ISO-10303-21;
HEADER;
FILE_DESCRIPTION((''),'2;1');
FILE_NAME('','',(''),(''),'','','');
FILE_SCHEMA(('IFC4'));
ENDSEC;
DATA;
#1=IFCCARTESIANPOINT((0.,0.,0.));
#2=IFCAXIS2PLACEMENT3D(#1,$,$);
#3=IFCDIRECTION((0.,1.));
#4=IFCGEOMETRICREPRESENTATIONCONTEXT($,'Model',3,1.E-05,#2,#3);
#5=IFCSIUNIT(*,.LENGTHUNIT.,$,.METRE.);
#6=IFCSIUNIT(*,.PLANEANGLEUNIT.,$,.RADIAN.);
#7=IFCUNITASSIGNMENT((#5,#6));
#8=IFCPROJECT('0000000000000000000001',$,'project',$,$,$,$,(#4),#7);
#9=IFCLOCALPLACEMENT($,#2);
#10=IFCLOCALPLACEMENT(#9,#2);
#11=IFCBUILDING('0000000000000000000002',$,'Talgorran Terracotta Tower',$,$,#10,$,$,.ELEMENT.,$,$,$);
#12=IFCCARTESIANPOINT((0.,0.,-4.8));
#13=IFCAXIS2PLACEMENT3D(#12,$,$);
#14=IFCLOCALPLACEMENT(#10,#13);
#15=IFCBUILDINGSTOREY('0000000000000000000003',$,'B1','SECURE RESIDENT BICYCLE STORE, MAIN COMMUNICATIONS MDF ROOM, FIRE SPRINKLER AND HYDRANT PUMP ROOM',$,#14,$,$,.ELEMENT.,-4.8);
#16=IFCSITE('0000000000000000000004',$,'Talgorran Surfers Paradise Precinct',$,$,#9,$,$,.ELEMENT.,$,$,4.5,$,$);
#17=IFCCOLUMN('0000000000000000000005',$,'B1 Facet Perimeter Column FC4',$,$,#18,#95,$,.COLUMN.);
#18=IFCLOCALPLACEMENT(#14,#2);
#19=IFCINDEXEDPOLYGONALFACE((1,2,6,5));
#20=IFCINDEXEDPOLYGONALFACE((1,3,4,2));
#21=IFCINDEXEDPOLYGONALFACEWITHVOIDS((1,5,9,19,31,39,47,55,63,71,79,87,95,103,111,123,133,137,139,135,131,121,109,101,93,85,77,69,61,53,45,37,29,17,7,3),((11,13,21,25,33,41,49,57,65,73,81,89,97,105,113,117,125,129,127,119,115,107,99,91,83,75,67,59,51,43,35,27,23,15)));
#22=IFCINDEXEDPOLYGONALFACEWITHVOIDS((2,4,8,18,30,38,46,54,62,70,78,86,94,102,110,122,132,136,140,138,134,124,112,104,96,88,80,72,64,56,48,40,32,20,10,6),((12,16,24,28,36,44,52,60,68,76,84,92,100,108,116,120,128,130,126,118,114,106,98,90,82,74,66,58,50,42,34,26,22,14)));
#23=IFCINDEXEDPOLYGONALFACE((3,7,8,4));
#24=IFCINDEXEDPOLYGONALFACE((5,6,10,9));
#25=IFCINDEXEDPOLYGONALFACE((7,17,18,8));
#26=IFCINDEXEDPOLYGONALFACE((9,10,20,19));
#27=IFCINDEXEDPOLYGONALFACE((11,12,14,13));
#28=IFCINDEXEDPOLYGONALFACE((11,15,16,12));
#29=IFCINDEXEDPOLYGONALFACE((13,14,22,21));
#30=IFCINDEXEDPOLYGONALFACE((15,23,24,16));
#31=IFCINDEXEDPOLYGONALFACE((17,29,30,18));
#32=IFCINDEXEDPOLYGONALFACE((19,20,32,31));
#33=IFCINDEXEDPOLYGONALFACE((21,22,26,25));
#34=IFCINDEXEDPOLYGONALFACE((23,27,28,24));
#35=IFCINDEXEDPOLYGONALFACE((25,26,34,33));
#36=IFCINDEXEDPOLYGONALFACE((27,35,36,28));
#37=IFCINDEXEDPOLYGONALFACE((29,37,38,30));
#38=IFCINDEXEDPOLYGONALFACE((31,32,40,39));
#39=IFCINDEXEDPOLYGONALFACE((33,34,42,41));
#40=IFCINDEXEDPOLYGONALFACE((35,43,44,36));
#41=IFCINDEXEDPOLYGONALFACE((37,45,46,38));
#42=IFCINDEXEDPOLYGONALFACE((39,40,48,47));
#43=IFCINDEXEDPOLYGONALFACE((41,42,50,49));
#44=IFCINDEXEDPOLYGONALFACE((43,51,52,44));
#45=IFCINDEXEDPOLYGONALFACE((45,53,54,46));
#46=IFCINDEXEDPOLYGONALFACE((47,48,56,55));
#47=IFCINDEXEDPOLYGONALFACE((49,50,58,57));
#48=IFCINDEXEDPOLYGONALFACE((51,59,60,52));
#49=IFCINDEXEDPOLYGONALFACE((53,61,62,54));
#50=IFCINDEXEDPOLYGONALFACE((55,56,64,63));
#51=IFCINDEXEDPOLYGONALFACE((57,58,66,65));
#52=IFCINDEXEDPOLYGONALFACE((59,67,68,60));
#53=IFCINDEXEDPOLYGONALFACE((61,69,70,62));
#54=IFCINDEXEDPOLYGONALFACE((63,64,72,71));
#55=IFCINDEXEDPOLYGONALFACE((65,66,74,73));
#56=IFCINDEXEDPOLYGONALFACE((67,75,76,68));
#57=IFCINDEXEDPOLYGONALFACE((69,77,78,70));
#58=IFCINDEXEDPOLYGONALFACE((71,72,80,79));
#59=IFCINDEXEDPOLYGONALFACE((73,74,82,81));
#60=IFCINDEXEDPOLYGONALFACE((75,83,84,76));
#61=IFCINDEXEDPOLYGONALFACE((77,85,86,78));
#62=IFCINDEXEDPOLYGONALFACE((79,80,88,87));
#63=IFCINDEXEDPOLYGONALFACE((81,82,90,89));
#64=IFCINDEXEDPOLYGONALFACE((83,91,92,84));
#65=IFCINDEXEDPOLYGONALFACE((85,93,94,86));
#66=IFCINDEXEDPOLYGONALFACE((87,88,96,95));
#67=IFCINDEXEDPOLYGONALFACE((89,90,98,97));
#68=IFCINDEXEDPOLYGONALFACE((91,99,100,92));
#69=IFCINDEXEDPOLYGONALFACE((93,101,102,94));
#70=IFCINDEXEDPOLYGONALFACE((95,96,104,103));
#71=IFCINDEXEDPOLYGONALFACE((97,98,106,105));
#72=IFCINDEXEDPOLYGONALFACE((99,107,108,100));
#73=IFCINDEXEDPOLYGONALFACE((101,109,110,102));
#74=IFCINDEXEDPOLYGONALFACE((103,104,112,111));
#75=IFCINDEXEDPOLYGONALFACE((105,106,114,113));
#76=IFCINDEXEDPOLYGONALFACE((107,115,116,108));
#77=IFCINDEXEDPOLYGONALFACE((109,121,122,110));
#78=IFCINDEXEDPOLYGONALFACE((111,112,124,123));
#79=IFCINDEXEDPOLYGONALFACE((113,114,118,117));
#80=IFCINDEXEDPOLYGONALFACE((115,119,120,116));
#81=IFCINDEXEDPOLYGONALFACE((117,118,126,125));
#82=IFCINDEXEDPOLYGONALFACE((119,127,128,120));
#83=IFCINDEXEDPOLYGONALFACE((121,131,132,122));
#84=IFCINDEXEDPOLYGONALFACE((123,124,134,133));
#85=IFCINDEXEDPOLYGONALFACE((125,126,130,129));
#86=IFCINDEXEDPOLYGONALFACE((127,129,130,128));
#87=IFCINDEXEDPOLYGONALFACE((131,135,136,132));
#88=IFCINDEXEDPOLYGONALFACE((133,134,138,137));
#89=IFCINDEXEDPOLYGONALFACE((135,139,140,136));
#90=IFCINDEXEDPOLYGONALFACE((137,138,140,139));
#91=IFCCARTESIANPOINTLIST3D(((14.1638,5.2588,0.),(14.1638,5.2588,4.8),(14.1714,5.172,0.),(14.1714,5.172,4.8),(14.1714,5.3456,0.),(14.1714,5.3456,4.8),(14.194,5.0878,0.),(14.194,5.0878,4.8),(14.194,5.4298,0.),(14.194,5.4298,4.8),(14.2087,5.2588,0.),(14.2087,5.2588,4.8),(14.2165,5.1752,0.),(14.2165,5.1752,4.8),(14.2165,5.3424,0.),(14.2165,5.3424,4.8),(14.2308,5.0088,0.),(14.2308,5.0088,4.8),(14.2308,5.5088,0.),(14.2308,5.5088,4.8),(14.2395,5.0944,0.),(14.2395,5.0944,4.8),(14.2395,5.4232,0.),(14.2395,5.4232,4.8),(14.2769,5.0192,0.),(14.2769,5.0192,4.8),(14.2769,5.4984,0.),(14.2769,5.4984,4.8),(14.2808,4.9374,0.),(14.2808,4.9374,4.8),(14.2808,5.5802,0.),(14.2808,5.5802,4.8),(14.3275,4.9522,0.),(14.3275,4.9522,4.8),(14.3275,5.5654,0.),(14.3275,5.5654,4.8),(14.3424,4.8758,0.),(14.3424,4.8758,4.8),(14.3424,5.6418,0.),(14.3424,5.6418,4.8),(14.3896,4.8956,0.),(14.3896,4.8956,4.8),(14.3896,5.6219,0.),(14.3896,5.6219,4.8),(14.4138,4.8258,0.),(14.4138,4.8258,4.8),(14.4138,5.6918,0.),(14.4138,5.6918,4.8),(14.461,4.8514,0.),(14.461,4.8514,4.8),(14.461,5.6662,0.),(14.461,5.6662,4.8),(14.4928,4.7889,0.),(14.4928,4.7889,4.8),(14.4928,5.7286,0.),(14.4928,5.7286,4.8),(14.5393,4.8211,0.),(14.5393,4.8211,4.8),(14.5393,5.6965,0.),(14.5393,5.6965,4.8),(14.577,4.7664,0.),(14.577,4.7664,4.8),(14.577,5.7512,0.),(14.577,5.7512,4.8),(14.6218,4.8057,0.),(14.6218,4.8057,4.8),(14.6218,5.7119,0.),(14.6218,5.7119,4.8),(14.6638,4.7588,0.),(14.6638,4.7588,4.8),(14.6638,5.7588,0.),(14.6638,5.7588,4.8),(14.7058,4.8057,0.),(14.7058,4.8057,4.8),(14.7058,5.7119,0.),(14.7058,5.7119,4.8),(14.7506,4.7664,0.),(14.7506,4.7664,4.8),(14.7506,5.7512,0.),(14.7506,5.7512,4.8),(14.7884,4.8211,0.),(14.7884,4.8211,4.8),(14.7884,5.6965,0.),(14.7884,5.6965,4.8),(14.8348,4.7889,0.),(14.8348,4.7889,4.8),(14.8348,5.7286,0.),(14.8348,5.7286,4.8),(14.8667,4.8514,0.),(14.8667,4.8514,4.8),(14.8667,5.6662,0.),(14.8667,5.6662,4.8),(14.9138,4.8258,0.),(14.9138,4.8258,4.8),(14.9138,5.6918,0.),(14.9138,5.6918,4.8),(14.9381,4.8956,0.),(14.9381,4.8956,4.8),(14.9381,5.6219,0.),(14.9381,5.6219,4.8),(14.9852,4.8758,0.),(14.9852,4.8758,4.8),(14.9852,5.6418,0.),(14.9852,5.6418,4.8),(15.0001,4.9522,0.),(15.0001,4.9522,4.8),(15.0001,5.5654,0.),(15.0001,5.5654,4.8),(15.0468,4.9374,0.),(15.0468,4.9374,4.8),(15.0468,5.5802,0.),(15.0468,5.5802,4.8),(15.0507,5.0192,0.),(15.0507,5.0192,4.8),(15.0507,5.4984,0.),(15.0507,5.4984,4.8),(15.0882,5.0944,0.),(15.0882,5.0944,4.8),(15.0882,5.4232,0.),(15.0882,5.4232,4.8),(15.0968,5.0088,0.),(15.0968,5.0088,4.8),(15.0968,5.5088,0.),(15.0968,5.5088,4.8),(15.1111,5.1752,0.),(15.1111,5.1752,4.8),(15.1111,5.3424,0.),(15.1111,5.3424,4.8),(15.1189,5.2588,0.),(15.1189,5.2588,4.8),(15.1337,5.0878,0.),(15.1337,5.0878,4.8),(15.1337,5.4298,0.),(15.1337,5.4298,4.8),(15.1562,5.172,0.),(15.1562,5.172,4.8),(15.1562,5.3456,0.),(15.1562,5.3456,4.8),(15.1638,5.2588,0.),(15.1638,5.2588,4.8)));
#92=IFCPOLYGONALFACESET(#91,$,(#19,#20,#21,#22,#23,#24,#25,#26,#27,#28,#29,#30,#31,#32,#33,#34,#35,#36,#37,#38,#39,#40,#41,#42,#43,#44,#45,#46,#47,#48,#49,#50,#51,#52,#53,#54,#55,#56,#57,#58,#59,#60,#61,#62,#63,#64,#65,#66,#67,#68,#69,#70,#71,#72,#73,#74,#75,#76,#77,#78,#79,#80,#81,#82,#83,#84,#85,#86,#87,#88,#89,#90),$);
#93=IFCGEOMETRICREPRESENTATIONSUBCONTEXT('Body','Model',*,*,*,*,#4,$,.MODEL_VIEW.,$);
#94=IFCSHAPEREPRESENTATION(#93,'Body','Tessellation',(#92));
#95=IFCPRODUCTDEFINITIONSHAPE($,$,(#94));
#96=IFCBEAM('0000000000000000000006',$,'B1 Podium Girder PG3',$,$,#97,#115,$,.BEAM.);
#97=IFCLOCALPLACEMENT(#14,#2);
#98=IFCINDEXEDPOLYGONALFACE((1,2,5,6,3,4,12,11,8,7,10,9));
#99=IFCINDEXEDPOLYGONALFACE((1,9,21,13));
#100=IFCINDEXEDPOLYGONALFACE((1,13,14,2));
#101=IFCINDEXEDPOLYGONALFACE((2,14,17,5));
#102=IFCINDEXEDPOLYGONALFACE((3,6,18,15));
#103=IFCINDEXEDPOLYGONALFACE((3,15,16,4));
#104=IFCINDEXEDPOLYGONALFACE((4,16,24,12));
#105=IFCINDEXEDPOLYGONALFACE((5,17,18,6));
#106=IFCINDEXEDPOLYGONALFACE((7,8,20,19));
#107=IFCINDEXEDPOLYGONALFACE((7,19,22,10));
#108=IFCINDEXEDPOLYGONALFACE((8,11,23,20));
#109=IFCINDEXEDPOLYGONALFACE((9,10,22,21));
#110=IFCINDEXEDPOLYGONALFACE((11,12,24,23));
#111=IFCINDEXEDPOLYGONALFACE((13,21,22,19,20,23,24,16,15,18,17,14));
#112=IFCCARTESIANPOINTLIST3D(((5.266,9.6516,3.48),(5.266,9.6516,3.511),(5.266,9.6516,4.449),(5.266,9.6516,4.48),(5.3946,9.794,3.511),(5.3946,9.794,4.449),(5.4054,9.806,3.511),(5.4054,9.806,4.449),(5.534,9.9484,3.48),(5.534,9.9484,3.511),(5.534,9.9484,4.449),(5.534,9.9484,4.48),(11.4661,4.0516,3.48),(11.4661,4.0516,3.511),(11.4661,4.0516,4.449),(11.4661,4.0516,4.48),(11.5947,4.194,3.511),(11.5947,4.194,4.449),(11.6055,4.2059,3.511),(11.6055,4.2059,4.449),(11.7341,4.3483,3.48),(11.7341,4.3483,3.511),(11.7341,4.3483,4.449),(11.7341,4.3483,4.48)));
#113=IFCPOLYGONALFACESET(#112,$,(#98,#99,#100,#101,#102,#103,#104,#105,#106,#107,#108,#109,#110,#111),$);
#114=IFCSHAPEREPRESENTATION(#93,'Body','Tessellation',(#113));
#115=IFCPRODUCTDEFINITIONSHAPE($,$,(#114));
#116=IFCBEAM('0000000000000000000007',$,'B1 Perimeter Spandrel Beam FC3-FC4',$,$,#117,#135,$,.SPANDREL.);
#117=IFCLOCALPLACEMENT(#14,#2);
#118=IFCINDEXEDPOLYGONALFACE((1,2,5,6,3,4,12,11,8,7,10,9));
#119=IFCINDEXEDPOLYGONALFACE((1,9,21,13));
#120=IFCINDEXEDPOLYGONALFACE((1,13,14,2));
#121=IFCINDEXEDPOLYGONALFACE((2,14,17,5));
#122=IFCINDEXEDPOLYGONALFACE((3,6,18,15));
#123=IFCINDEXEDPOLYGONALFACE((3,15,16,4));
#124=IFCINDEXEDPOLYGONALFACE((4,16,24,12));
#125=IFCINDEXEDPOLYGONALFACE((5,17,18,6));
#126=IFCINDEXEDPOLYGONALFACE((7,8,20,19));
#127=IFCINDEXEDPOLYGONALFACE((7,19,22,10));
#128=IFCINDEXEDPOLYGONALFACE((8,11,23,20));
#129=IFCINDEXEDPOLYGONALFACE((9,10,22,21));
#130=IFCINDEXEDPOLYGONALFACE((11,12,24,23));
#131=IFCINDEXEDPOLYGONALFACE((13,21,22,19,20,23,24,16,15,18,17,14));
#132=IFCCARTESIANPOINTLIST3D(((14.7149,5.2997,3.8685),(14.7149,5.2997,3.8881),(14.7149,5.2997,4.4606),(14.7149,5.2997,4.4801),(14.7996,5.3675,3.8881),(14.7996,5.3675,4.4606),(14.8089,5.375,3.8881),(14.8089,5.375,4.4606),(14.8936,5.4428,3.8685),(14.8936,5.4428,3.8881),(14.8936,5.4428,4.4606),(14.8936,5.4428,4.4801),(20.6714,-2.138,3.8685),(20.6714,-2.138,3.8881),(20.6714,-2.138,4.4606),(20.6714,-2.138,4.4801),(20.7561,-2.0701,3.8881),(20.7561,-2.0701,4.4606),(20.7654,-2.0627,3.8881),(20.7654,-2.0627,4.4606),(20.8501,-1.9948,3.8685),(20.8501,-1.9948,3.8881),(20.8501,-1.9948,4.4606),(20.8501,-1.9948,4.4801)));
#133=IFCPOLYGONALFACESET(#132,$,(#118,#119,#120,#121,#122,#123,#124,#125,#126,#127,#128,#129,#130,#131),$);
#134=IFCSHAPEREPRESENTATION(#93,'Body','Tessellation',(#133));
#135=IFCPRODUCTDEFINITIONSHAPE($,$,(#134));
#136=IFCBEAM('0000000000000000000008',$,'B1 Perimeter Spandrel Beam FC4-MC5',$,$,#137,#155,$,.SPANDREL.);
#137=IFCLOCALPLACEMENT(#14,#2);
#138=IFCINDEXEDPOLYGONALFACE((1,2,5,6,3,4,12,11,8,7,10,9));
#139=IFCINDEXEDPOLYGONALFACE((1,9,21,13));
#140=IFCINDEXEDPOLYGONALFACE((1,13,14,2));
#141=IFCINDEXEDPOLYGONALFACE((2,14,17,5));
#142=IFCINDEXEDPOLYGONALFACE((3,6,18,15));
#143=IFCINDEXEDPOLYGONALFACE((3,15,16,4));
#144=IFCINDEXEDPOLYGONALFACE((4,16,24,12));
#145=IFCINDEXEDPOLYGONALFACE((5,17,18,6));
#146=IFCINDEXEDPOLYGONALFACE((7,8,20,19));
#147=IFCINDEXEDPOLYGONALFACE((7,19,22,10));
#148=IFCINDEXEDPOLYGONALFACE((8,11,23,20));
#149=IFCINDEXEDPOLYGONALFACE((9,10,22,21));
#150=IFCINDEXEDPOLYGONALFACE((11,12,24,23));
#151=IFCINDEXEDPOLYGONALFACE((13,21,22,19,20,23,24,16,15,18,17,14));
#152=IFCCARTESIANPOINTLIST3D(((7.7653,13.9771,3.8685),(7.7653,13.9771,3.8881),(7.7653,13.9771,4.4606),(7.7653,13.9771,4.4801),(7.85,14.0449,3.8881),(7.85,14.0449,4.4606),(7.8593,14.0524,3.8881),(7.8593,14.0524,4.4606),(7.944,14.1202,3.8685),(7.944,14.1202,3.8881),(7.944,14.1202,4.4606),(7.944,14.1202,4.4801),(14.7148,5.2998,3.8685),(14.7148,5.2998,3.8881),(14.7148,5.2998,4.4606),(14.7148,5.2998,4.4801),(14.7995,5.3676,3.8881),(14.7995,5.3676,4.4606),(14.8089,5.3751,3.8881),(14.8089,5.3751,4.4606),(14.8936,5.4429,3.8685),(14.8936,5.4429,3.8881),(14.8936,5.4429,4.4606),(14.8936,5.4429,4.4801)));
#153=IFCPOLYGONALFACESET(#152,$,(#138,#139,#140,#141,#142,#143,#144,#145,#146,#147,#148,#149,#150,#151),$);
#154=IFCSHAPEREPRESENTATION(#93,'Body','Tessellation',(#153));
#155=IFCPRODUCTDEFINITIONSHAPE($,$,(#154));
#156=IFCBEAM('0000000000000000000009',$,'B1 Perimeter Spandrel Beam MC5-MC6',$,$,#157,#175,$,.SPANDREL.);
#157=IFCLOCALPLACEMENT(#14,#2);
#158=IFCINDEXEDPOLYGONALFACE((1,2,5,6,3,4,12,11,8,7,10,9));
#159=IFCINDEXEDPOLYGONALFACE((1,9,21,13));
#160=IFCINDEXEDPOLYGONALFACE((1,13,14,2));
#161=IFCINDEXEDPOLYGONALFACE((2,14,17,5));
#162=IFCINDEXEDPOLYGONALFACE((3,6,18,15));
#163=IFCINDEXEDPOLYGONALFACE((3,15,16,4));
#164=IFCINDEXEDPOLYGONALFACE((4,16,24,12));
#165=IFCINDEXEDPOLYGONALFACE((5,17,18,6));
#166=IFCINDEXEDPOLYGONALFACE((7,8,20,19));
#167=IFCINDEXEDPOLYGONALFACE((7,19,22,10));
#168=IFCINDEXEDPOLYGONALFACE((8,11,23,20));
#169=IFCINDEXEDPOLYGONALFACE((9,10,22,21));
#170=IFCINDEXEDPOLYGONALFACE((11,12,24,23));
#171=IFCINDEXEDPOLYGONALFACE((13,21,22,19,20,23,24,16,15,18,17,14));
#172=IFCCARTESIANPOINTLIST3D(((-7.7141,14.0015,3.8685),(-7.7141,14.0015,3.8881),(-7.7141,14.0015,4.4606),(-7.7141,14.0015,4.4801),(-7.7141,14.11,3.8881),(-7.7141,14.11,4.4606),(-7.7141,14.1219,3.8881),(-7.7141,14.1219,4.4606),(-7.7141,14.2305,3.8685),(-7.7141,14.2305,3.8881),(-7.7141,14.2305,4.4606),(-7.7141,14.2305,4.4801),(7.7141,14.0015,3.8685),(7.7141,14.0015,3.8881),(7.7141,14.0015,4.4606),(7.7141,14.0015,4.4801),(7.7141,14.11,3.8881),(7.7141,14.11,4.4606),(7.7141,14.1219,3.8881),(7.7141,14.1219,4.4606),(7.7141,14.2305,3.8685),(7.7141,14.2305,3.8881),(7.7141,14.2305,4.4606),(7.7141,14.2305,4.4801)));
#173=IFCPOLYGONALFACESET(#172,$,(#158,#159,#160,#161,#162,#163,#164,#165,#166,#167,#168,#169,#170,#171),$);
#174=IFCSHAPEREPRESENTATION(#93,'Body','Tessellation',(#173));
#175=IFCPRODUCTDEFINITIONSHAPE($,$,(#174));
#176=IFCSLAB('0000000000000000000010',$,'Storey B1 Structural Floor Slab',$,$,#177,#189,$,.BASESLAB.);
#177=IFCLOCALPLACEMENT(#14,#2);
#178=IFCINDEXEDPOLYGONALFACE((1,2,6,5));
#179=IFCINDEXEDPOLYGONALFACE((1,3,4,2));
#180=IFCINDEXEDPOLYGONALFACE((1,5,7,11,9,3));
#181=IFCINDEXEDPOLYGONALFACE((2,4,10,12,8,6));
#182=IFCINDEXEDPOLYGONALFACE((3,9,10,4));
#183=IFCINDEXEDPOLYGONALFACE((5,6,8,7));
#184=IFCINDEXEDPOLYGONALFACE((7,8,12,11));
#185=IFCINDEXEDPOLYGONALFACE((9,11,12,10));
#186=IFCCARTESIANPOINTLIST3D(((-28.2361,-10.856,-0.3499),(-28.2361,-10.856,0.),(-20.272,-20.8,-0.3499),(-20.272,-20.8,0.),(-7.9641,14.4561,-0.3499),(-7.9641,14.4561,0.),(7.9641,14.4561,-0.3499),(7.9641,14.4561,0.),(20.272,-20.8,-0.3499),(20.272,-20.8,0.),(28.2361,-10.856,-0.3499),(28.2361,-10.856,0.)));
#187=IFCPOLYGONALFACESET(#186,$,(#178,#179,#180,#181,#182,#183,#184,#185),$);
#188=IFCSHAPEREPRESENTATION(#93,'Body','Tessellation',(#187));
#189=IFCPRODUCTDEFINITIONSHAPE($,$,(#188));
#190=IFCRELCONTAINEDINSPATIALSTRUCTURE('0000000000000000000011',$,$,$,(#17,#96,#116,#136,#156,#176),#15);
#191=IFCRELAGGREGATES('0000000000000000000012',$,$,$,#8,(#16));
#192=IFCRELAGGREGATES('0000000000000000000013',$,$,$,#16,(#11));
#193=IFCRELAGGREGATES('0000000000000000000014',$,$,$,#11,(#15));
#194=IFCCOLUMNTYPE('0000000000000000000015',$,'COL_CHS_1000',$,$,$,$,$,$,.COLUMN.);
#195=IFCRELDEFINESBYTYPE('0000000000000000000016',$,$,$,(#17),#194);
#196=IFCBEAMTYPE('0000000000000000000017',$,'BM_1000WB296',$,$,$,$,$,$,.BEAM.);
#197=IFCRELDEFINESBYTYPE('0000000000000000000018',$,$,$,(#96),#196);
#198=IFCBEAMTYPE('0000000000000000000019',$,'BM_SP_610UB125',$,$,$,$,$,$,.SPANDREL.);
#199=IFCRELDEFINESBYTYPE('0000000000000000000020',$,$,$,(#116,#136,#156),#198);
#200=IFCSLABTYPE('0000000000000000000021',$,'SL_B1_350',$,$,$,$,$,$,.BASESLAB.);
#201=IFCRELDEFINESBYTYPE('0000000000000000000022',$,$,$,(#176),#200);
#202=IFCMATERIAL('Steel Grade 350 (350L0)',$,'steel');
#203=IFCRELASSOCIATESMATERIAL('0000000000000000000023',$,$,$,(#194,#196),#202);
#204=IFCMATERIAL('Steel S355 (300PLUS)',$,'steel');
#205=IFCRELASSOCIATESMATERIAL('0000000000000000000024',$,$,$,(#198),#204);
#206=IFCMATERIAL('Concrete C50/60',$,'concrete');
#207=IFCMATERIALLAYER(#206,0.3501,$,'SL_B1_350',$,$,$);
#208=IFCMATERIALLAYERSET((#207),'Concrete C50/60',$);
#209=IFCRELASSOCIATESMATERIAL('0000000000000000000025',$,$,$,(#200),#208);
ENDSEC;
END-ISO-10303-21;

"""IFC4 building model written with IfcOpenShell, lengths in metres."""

from ifc_helpers import new_model, si_unit, direction, frame, origin, origin_2d, place, context, subcontext, project, spatial, polyline, hollow_circle, i_section, outline, extrude, material, layer, layer_set, material_profile, profile_set, type_object, element, save


model = new_model("IFC4")

# Units and contexts
model_context = context("Model", 3, precision=1e-05, world=origin(), true_north=direction((0.0, 1.0)))
body_context = subcontext(model_context, "Body", "Model", "MODEL_VIEW")
ifc_project = project(units=[si_unit("LENGTHUNIT", "METRE"), si_unit("PLANEANGLEUNIT", "RADIAN")], contexts=[model_context])

# Site, building, storey
site_placement = place(None, origin())
site = spatial("IfcSite", under=ifc_project, at=site_placement, Name="Talgorran Surfers Paradise Precinct", CompositionType="ELEMENT", RefElevation=4.5)
building_placement = place(site_placement, origin())
building = spatial("IfcBuilding", under=site, at=building_placement, Name="Talgorran Terracotta Tower", CompositionType="ELEMENT")
storey_placement = place(building_placement, frame((0.0, 0.0, -4.8)))
storey = spatial("IfcBuildingStorey", under=building, at=storey_placement, Name="B1", Description="SECURE RESIDENT BICYCLE STORE, MAIN COMMUNICATIONS MDF ROOM, FIRE SPRINKLER AND HYDRANT PUMP ROOM", CompositionType="ELEMENT", Elevation=-4.8)

# Shared definitions
ifc_material_1 = material(Name="Concrete C50/60", Category="concrete")

# Column
ifc_material_2 = material(Name="Steel S355 (300PLUS)", Category="steel")
ifc_material_3 = material(Name="Steel Grade 350 (350L0)", Category="steel")
ifc_material_profile_1 = material_profile(ifc_material_3, hollow_circle(Radius=0.5, WallThickness=0.0449, at=origin_2d()), Name="CHS1000X45")
ifc_profile_set_1 = profile_set([ifc_material_profile_1], Name="Steel Grade 350 (350L0)")
column_type_1 = type_object("IfcColumnType", Name="COL_CHS_1000", PredefinedType="COLUMN", material=ifc_profile_set_1)
column_1_placement = place(storey_placement, frame((14.6638, 5.2588, 0.0), z_axis=(0.0, 0.0, 1.0), x_axis=(1.0, 0.0, 0.0)))
element("IfcColumn", 1, at=column_1_placement, inside=storey, type_object=column_type_1, Name="B1 Facet Perimeter Column FC4", PredefinedType="COLUMN", context=body_context, shape_type="SweptSolid", body=[
    extrude(hollow_circle(Radius=0.5, WallThickness=0.0449, at=origin_2d()), origin(), (0.0, 0.0, 1.0), 4.8),
])

# Beams
ifc_material_profile_2 = material_profile(ifc_material_3, i_section(OverallWidth=0.3999, OverallDepth=1.0, WebThickness=0.0161, FlangeThickness=0.031, at=origin_2d()), Name="1000WB296")
ifc_profile_set_2 = profile_set([ifc_material_profile_2], Name="Steel Grade 350 (350L0)")
beam_type_1 = type_object("IfcBeamType", Name="BM_1000WB296", PredefinedType="BEAM", material=ifc_profile_set_2)
beam_1_placement = place(storey_placement, frame((11.6001, 4.2, 3.98), z_axis=(-0.742107, 0.670281, 0.0), x_axis=(-0.670281, -0.742107, 0.0)))
element("IfcBeam", 2, at=beam_1_placement, inside=storey, type_object=beam_type_1, Name="B1 Podium Girder PG3", PredefinedType="BEAM", context=body_context, shape_type="SweptSolid", body=[
    extrude(i_section(OverallWidth=0.3999, OverallDepth=1.0, WebThickness=0.0161, FlangeThickness=0.031, at=origin_2d()), origin(), (0.0, 0.0, 1.0), 8.3547),
])
ifc_material_profile_3 = material_profile(ifc_material_2, i_section(OverallWidth=0.229, OverallDepth=0.6116, WebThickness=0.012, FlangeThickness=0.0195, at=origin_2d()), Name="610UB125")
ifc_profile_set_3 = profile_set([ifc_material_profile_3], Name="Steel S355 (300PLUS)")
beam_type_2 = type_object("IfcBeamType", Name="BM_SP_610UB125", PredefinedType="SPANDREL", material=ifc_profile_set_3)
beam_2_placement = place(storey_placement, frame((20.7607, -2.0664, 4.1743), z_axis=(-0.625101, 0.780544, 0.0), x_axis=(-0.780544, -0.625101, 0.0)))
element("IfcBeam", 3, at=beam_2_placement, inside=storey, type_object=beam_type_2, Name="B1 Perimeter Spandrel Beam FC3-FC4", PredefinedType="SPANDREL", context=body_context, shape_type="SweptSolid", body=[
    extrude(i_section(OverallWidth=0.229, OverallDepth=0.6116, WebThickness=0.012, FlangeThickness=0.0195, at=origin_2d()), origin(), (0.0, 0.0, 1.0), 9.5288),
])
beam_3_placement = place(storey_placement, frame((14.8042, 5.3713, 4.1743), z_axis=(-0.625115, 0.780532, 0.0), x_axis=(-0.780532, -0.625115, 0.0)))
element("IfcBeam", 4, at=beam_3_placement, inside=storey, type_object=beam_type_2, Name="B1 Perimeter Spandrel Beam FC4-MC5", PredefinedType="SPANDREL", context=body_context, shape_type="SweptSolid", body=[
    extrude(i_section(OverallWidth=0.229, OverallDepth=0.6116, WebThickness=0.012, FlangeThickness=0.0195, at=origin_2d()), origin(), (0.0, 0.0, 1.0), 11.1172),
])
beam_4_placement = place(storey_placement, frame((7.7141, 14.116, 4.1743), z_axis=(-1.0, 0.0, 0.0), x_axis=(0.0, -1.0, 0.0)))
element("IfcBeam", 5, at=beam_4_placement, inside=storey, type_object=beam_type_2, Name="B1 Perimeter Spandrel Beam MC5-MC6", PredefinedType="SPANDREL", context=body_context, shape_type="SweptSolid", body=[
    extrude(i_section(OverallWidth=0.229, OverallDepth=0.6116, WebThickness=0.012, FlangeThickness=0.0195, at=origin_2d()), origin(), (0.0, 0.0, 1.0), 15.4282),
])

# Slab
ifc_layer_1 = layer(ifc_material_1, 0.3501, Name="SL_B1_350")
ifc_layer_set_1 = layer_set([ifc_layer_1], Name="Concrete C50/60")
slab_type_1 = type_object("IfcSlabType", Name="SL_B1_350", PredefinedType="BASESLAB", material=ifc_layer_set_1)
slab_1_placement = place(storey_placement, frame((0.0, 0.0, -0.3499)))
element("IfcSlab", 6, at=slab_1_placement, inside=storey, type_object=slab_type_1, Name="Storey B1 Structural Floor Slab", PredefinedType="BASESLAB", context=body_context, shape_type="SweptSolid", body=[
    extrude(outline(polyline([(-28.2361, -10.856), (-20.272, -20.8), (20.272, -20.8), (28.2361, -10.856), (7.9641, 14.4561), (-7.9641, 14.4561), (-28.2361, -10.856)])), origin(), (0.0, 0.0, 1.0), 0.3499),
])

save(model, "model.ifc")
